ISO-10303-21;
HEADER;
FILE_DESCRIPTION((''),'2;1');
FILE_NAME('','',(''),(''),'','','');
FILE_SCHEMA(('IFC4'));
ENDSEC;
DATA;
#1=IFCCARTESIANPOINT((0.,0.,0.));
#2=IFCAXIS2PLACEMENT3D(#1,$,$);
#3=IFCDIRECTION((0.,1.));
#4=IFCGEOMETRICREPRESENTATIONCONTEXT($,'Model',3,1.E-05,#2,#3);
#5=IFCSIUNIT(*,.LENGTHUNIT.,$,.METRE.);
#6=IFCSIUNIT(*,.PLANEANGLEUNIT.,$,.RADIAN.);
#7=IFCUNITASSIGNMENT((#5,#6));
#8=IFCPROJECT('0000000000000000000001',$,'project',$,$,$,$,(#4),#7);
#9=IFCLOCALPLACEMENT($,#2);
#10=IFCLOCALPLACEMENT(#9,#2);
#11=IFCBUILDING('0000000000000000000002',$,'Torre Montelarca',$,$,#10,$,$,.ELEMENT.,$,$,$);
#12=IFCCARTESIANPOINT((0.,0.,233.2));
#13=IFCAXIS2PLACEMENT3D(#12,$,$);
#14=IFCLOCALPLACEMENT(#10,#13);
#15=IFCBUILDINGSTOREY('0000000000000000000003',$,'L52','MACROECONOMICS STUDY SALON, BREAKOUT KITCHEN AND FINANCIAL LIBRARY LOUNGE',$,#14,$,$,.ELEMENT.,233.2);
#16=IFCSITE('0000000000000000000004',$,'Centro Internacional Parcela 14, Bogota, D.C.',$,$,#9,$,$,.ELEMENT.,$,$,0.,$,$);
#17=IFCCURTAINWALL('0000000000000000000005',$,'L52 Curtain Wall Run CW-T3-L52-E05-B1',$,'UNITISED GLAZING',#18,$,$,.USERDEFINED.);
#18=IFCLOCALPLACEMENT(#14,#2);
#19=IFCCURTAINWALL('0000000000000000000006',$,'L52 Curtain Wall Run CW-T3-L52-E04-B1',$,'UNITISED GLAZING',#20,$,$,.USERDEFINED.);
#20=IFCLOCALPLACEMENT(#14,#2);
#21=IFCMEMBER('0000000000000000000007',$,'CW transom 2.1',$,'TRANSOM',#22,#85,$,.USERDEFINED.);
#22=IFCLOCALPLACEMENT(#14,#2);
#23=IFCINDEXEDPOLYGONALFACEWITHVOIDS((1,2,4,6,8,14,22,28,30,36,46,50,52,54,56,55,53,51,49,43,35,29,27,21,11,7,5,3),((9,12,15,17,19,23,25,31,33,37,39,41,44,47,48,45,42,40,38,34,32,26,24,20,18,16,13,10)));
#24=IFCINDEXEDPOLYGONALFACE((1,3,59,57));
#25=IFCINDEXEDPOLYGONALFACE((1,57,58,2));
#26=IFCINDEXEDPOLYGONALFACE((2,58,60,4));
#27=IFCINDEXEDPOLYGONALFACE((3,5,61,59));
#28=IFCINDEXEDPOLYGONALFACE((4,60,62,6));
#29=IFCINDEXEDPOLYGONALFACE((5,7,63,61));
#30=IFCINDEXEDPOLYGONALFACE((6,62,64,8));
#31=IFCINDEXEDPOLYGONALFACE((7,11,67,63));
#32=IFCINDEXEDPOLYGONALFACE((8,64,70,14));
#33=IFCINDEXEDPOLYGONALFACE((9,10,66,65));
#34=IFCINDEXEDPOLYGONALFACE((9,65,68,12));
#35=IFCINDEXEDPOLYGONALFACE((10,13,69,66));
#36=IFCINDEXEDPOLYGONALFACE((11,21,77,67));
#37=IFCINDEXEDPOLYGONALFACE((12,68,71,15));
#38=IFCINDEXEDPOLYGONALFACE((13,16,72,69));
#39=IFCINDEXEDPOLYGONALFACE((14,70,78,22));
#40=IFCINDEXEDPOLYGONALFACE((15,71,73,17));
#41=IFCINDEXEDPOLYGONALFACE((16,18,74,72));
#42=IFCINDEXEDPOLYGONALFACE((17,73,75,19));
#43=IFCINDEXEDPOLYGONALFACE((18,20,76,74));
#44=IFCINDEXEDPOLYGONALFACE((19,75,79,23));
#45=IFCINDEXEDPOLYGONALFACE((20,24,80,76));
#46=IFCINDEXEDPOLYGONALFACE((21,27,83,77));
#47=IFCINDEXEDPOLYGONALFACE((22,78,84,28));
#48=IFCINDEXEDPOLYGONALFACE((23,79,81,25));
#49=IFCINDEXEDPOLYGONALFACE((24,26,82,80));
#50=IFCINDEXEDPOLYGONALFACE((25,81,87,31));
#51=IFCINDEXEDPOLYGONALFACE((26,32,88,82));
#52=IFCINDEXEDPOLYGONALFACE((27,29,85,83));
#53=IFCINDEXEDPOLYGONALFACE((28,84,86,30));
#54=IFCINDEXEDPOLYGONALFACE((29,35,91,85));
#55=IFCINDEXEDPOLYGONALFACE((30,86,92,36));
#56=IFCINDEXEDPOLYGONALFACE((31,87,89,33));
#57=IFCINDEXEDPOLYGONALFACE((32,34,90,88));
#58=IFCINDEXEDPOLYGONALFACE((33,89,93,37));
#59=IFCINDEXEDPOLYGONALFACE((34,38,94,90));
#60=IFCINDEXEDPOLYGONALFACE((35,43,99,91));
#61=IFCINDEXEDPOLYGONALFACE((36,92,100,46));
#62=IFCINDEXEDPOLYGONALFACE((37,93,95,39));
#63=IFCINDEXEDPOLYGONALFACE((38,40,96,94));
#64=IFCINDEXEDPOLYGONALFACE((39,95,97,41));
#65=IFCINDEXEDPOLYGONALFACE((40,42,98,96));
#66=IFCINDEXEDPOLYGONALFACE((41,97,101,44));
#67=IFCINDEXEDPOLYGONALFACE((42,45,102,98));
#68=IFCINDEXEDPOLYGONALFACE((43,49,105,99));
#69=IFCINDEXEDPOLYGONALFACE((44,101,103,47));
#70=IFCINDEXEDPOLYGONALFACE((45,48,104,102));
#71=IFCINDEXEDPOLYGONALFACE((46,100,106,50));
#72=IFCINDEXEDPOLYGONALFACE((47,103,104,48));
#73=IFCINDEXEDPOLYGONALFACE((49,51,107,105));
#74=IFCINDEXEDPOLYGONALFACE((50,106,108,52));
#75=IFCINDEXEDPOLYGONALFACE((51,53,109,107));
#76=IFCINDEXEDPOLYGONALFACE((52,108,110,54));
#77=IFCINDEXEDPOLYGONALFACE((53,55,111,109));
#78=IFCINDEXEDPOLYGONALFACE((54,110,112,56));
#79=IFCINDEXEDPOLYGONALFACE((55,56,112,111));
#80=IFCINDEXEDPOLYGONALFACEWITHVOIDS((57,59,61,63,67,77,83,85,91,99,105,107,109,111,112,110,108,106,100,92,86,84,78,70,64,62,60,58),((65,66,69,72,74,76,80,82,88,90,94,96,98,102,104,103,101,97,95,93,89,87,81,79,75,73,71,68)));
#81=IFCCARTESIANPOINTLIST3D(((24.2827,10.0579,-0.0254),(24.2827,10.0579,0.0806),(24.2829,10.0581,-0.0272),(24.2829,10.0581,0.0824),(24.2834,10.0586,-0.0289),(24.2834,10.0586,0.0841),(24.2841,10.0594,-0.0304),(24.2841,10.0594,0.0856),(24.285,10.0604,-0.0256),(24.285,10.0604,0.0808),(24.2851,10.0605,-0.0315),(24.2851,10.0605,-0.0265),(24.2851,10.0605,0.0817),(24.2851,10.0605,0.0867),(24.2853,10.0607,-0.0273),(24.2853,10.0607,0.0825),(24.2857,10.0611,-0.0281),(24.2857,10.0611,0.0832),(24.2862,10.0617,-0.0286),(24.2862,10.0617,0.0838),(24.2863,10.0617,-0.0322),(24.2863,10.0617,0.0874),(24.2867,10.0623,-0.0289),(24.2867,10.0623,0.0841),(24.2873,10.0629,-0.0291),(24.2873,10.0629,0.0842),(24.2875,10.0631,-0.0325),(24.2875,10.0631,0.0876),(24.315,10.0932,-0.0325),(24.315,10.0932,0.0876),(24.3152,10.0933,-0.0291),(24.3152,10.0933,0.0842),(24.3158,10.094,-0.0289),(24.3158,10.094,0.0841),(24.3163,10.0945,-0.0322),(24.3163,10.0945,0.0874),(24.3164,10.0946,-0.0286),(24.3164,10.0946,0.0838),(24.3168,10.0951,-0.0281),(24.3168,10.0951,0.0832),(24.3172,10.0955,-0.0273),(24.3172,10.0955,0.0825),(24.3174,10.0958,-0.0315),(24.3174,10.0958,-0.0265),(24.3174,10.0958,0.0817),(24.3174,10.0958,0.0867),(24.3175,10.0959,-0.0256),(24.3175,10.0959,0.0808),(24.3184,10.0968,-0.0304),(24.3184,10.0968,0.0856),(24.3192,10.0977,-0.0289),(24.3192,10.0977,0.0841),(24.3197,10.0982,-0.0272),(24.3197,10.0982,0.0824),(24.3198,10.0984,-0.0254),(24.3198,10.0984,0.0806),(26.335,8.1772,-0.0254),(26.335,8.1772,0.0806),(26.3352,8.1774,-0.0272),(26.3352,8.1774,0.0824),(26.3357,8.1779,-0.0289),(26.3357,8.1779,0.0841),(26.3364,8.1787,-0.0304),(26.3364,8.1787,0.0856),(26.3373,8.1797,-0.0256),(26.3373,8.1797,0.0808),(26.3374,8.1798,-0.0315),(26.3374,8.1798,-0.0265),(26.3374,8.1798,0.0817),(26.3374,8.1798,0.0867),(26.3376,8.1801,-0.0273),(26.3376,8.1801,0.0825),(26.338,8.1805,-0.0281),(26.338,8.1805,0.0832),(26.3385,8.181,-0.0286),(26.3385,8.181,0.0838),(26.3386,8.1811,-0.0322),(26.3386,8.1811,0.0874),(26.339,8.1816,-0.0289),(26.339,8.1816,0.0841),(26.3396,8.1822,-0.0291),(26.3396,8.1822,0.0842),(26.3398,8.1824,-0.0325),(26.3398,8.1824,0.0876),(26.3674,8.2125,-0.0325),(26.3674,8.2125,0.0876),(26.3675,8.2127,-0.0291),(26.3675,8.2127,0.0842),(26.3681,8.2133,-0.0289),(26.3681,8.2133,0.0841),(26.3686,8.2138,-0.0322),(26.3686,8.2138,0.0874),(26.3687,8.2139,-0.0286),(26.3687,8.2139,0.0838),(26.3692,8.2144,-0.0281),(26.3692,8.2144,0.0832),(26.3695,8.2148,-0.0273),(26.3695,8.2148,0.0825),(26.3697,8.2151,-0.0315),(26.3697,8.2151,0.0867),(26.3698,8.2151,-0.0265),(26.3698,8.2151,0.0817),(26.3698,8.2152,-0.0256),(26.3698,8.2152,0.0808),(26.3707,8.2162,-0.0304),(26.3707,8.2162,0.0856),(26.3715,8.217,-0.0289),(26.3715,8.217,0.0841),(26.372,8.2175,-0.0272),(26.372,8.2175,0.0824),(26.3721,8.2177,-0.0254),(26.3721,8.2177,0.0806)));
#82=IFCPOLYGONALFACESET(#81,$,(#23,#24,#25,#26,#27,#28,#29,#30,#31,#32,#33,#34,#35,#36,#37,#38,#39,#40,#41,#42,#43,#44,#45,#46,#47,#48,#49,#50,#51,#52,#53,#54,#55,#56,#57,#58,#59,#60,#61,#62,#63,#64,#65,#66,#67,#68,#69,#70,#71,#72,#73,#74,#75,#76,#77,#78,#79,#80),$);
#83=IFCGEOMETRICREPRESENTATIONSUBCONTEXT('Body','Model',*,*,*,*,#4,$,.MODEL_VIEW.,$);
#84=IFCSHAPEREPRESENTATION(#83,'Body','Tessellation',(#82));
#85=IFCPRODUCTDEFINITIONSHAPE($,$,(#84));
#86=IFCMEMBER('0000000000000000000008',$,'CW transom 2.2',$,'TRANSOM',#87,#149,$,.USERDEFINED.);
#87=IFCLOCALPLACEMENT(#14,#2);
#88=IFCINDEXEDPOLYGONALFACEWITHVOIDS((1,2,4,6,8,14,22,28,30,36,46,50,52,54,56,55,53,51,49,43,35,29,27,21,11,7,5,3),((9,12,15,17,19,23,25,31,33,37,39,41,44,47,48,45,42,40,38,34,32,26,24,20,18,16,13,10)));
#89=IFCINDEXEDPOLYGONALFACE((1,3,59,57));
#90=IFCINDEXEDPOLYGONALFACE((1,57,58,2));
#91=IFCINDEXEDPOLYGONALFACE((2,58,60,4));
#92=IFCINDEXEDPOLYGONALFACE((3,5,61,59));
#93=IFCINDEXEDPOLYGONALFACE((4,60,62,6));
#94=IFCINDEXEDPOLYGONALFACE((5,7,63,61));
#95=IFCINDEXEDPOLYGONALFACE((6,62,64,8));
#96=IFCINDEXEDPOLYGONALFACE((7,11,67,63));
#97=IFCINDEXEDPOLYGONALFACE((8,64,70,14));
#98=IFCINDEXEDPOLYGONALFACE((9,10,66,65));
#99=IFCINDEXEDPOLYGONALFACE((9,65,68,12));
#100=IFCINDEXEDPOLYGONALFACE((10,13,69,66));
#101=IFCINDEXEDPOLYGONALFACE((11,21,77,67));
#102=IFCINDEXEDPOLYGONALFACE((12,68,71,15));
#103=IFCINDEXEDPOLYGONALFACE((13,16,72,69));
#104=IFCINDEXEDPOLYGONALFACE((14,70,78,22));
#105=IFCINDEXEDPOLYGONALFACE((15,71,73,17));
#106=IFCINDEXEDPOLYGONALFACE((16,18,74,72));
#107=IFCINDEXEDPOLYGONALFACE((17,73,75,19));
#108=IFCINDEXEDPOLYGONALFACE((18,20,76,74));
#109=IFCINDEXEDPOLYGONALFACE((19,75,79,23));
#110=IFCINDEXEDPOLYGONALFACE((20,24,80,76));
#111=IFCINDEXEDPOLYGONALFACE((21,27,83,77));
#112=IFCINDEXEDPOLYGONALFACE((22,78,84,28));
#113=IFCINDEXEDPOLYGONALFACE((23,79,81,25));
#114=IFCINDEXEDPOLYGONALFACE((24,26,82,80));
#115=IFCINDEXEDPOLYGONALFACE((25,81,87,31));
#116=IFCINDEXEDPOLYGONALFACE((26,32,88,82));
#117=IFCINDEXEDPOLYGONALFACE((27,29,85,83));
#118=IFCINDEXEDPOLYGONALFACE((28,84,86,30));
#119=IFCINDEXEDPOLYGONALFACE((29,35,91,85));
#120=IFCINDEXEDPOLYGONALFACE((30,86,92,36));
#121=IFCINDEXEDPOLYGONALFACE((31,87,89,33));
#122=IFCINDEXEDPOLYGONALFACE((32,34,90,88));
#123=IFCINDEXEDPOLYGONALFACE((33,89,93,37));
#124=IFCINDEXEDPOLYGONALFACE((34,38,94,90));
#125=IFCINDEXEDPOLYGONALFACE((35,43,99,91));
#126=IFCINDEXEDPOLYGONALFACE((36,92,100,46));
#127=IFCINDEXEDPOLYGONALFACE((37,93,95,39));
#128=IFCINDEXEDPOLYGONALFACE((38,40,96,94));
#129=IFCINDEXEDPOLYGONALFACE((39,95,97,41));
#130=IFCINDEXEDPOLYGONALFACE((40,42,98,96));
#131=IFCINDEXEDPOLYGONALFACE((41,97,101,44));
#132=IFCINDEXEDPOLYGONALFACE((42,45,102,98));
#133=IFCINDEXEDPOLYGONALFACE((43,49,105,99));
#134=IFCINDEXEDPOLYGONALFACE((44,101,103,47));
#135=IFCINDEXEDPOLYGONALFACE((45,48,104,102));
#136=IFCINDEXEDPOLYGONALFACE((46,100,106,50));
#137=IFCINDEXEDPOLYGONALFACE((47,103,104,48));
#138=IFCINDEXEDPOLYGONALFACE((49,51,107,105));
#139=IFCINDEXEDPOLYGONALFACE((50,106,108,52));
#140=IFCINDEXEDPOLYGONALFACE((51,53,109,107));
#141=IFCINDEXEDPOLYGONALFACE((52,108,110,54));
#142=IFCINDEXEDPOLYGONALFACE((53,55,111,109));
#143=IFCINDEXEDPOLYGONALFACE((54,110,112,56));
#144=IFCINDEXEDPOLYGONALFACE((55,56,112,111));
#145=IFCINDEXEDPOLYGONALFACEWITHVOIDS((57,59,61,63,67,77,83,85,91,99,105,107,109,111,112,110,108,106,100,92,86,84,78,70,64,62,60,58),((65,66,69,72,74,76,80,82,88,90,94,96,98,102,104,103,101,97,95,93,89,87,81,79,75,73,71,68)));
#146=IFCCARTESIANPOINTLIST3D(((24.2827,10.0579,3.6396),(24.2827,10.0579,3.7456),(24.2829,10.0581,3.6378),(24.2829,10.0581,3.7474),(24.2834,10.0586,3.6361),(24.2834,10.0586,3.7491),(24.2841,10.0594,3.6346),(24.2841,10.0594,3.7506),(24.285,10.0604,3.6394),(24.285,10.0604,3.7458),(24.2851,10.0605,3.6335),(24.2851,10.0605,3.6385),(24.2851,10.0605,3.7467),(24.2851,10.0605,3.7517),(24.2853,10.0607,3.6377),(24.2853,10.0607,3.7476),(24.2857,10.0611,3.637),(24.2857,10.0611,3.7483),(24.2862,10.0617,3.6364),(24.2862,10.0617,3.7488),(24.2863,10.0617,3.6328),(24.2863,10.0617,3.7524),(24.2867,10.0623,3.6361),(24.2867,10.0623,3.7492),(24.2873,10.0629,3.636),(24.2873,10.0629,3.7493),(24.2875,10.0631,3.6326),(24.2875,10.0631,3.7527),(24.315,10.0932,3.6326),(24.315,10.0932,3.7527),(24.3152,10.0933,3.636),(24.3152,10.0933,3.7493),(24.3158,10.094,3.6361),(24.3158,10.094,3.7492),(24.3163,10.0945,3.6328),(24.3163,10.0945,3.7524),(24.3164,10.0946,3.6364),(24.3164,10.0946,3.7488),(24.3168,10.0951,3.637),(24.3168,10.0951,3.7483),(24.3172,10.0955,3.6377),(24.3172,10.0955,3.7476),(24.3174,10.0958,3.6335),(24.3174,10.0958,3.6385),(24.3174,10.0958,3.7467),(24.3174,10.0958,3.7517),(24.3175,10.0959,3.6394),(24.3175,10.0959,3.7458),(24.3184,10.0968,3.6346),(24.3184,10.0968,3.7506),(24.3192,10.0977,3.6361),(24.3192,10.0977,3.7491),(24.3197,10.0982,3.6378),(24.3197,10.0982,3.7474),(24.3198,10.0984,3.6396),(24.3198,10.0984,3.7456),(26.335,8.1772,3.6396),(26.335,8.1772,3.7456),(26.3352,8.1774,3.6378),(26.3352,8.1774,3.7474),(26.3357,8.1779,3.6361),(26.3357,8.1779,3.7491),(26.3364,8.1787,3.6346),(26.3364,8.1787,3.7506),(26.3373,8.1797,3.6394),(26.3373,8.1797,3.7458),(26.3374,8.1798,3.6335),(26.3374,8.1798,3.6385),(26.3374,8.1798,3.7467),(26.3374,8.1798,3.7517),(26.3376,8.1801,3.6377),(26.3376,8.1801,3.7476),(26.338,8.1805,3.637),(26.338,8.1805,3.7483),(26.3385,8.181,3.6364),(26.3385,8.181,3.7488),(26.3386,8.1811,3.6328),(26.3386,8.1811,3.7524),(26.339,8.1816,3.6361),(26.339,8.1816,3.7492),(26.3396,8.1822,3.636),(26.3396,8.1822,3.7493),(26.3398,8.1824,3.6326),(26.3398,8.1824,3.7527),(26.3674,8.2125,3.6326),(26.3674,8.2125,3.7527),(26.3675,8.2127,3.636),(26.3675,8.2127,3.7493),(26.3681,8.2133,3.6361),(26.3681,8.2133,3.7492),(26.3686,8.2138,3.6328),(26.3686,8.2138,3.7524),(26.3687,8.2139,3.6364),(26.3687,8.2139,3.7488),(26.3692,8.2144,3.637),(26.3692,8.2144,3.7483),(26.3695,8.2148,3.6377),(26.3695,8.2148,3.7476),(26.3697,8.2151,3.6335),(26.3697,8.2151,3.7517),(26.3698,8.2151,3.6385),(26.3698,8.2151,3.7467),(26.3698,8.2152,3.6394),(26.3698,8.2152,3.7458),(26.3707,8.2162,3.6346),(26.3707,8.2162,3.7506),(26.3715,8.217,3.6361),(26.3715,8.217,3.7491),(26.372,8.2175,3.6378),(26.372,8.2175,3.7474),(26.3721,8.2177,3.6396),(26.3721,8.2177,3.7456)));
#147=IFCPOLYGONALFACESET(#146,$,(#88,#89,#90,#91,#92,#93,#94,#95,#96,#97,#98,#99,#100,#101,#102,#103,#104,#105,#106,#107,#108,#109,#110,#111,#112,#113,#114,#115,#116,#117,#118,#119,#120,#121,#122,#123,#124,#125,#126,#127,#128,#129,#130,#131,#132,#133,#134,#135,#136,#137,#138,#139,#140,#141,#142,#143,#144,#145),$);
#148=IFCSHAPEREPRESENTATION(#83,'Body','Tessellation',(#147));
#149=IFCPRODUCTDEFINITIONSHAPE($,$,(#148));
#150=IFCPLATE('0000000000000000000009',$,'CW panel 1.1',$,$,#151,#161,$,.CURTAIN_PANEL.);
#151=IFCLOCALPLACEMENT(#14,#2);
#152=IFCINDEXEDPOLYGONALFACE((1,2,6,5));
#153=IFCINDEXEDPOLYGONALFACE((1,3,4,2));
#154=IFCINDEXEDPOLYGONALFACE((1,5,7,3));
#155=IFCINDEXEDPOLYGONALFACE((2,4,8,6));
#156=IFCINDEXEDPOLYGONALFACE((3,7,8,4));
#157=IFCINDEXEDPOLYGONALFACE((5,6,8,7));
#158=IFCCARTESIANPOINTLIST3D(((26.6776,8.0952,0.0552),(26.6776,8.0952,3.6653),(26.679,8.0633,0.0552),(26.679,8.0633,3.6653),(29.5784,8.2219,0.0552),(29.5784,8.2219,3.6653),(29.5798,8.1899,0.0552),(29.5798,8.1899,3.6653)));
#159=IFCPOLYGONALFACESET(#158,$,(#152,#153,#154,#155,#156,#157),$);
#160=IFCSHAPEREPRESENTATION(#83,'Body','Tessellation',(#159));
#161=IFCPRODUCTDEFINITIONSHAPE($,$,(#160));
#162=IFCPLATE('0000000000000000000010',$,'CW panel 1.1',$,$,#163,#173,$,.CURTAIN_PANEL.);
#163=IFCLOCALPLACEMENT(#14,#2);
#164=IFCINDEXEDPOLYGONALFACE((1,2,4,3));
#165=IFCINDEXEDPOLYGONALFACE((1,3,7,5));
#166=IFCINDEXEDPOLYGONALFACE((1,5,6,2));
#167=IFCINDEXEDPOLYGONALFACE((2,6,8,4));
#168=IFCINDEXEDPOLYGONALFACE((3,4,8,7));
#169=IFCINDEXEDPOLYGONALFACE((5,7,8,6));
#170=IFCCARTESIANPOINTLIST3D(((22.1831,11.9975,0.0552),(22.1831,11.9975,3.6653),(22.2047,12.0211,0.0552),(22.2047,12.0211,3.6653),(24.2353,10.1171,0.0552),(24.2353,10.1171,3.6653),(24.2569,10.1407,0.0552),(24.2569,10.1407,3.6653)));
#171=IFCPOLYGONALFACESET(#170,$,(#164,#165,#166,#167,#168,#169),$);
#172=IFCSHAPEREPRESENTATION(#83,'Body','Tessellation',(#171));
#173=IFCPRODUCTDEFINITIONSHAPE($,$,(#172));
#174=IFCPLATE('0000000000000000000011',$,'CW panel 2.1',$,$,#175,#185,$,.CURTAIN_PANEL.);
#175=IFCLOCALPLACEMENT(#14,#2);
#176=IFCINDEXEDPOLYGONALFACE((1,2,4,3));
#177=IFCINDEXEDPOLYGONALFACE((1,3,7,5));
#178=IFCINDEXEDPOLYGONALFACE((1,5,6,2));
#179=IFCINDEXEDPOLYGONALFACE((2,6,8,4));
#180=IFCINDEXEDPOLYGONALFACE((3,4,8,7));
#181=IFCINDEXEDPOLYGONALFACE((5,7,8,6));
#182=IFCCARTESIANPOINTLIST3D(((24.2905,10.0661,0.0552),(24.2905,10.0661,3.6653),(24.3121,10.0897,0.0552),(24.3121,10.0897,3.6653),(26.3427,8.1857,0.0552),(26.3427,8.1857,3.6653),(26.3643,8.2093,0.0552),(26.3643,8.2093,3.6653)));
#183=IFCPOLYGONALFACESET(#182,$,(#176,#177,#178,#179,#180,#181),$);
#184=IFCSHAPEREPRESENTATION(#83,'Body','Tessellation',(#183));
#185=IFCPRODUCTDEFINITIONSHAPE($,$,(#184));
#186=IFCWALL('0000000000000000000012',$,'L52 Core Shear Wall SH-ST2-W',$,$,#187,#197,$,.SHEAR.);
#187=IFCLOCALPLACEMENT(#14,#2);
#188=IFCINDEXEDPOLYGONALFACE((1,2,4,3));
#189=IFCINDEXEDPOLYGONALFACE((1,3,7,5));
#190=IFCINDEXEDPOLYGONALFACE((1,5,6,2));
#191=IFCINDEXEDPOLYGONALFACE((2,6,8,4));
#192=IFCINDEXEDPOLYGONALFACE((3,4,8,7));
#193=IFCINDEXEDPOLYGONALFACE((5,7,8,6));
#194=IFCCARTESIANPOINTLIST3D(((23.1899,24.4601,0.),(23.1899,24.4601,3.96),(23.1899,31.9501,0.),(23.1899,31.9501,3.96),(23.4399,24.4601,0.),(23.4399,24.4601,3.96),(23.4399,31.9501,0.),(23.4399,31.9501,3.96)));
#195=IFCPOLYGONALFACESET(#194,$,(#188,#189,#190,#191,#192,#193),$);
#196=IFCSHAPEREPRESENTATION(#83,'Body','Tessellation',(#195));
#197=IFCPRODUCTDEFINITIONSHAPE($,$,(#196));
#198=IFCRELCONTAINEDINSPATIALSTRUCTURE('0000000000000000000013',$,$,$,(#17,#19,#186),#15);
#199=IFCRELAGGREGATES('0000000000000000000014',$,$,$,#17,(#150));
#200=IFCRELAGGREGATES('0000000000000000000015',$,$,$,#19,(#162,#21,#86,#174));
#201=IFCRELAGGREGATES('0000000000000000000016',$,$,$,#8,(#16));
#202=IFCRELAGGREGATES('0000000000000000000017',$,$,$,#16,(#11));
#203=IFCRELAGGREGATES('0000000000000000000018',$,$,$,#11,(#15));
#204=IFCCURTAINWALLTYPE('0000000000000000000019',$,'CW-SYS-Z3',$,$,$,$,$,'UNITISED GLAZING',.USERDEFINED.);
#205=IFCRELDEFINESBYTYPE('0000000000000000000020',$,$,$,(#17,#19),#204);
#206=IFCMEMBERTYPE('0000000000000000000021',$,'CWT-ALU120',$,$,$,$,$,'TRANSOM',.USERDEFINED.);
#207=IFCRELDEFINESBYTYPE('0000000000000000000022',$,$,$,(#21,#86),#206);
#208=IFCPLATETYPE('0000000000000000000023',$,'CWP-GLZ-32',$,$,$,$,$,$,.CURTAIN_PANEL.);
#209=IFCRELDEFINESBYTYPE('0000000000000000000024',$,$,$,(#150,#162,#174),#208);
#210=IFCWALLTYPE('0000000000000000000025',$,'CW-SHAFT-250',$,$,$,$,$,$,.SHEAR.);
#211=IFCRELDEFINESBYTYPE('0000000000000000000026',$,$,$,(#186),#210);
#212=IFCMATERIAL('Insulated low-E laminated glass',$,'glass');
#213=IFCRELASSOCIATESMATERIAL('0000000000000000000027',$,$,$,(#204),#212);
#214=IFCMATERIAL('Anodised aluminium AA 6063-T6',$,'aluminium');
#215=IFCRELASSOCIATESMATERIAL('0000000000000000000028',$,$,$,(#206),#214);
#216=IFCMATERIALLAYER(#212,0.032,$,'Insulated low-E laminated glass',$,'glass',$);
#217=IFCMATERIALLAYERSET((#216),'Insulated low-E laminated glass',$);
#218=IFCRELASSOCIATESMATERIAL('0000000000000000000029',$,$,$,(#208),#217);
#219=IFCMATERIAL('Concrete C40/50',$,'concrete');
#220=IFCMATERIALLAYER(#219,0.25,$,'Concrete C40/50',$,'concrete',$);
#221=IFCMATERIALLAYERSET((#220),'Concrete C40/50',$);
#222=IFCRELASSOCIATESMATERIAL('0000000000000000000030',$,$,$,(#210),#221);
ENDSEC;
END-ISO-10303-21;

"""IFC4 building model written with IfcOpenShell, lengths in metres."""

from ifc_helpers import new_model, si_unit, direction, frame, frame_2d, origin, origin_2d, place, context, subcontext, project, spatial, rectangle, hollow_rectangle, extrude, source, transform, mapped, material, layer, layer_set, material_profile, profile_set, type_object, element, aggregate, save


model = new_model("IFC4")

# Units and contexts
model_context = context("Model", 3, precision=1e-05, world=origin(), true_north=direction((0.0, 1.0)))
body_context = subcontext(model_context, "Body", "Model", "MODEL_VIEW")
ifc_project = project(units=[si_unit("LENGTHUNIT", "METRE"), si_unit("PLANEANGLEUNIT", "RADIAN")], contexts=[model_context])

# Site, building, storey
site_placement = place(None, origin())
site = spatial("IfcSite", under=ifc_project, at=site_placement, Name="Centro Internacional Parcela 14, Bogota, D.C.", CompositionType="ELEMENT", RefElevation=0.0)
building_placement = place(site_placement, origin())
building = spatial("IfcBuilding", under=site, at=building_placement, Name="Torre Montelarca", CompositionType="ELEMENT")
storey_placement = place(building_placement, frame((0.0, 0.0, 233.2)))
storey = spatial("IfcBuildingStorey", under=building, at=storey_placement, Name="L52", Description="MACROECONOMICS STUDY SALON, BREAKOUT KITCHEN AND FINANCIAL LIBRARY LOUNGE", CompositionType="ELEMENT", Elevation=233.2)

# Curtain wall
ifc_material_1 = material(Name="Insulated low-E laminated glass", Category="glass")
curtain_wall_type = type_object("IfcCurtainWallType", Name="CW-SYS-Z3", ElementType="UNITISED GLAZING", PredefinedType="USERDEFINED", material=ifc_material_1)
curtain_wall_1_placement = place(storey_placement, origin())
curtain_wall_1 = element("IfcCurtainWall", 1, at=curtain_wall_1_placement, inside=storey, type_object=curtain_wall_type, Name="L52 Curtain Wall Run CW-T3-L52-E05-B1", ObjectType="UNITISED GLAZING", PredefinedType="USERDEFINED")
ifc_material_2 = material(Name="Anodised aluminium AA 6063-T6", Category="aluminium")
ifc_material_profile_1 = material_profile(ifc_material_2, hollow_rectangle(XDim=0.0549, YDim=0.1201, WallThickness=0.0034, InnerFilletRadius=0.0034, OuterFilletRadius=0.0071, at=origin_2d()), Name="ALU55X120X3.5", Category="aluminium")
ifc_profile_set_1 = profile_set([ifc_material_profile_1], Name="Anodised aluminium AA 6063-T6")
member_type_1 = type_object("IfcMemberType", Name="CWT-ALU120", ElementType="TRANSOM", PredefinedType="USERDEFINED", material=ifc_profile_set_1)

# Curtain wall
curtain_wall_2_placement = place(storey_placement, origin())
curtain_wall_2 = element("IfcCurtainWall", 2, at=curtain_wall_2_placement, inside=storey, type_object=curtain_wall_type, Name="L52 Curtain Wall Run CW-T3-L52-E04-B1", ObjectType="UNITISED GLAZING", PredefinedType="USERDEFINED")

# Members
shared_shape_1 = source(origin(), body_context, "Body", "SweptSolid", [
    extrude(hollow_rectangle(XDim=0.0549, YDim=0.1201, WallThickness=0.0034, InnerFilletRadius=0.0034, OuterFilletRadius=0.0071, at=origin_2d()), origin(), (0.0, 0.0, 1.0), 2.7837),
])
member_1_placement = place(storey_placement, frame((24.3013, 10.0781, 0.0276), z_axis=(0.737263, -0.675605, 0.0), x_axis=(0.675605, 0.737263, 0.0)))
member_1 = element("IfcMember", 3, at=member_1_placement, type_object=member_type_1, Name="CW transom 2.1", ObjectType="TRANSOM", PredefinedType="USERDEFINED", context=body_context, shape_type="MappedRepresentation", body=[
    mapped(shared_shape_1, transform((0.0, 0.0, 0.0), scale=1.0)),
])
member_2_placement = place(storey_placement, frame((24.3013, 10.0781, 3.6926), z_axis=(0.737263, -0.675605, 0.0), x_axis=(0.675605, 0.737263, 0.0)))
member_2 = element("IfcMember", 4, at=member_2_placement, type_object=member_type_1, Name="CW transom 2.2", ObjectType="TRANSOM", PredefinedType="USERDEFINED", context=body_context, shape_type="MappedRepresentation", body=[
    mapped(shared_shape_1, transform((0.0, 0.0, 0.0), scale=1.0)),
])

# Plates
ifc_layer_1 = layer(ifc_material_1, 0.032, Name="Insulated low-E laminated glass", Category="glass")
ifc_layer_set_1 = layer_set([ifc_layer_1], Name="Insulated low-E laminated glass")
plate_type = type_object("IfcPlateType", Name="CWP-GLZ-32", PredefinedType="CURTAIN_PANEL", material=ifc_layer_set_1)
shared_shape_2 = source(origin(), body_context, "Body", "SweptSolid", [
    extrude(rectangle(XDim=2.9036, YDim=0.032, at=origin_2d()), origin(), (0.0, 0.0, 1.0), 3.6101),
])
plate_1_placement = place(storey_placement, frame((28.1287, 8.1426, 0.0552), z_axis=(0.0, 0.0, 1.0), x_axis=(0.999048, 0.043616, 0.0)))
plate_1 = element("IfcPlate", 5, at=plate_1_placement, type_object=plate_type, Name="CW panel 1.1", PredefinedType="CURTAIN_PANEL", context=body_context, shape_type="MappedRepresentation", body=[
    mapped(shared_shape_2, transform((0.0, 0.0, 0.0), scale=1.0)),
])
aggregate(curtain_wall_1, [plate_1])
shared_shape_3 = source(origin(), body_context, "Body", "SweptSolid", [
    extrude(rectangle(XDim=2.7834, YDim=0.032, at=origin_2d()), origin(), (0.0, 0.0, 1.0), 3.6101),
])
plate_2_placement = place(storey_placement, frame((23.22, 11.0691, 0.0552), z_axis=(0.0, 0.0, 1.0), x_axis=(0.737294, -0.675572, 0.0)))
plate_2 = element("IfcPlate", 6, at=plate_2_placement, type_object=plate_type, Name="CW panel 1.1", PredefinedType="CURTAIN_PANEL", context=body_context, shape_type="MappedRepresentation", body=[
    mapped(shared_shape_3, transform((0.0, 0.0, 0.0), scale=1.0)),
])
plate_3_placement = place(storey_placement, frame((25.3274, 9.1377, 0.0552), z_axis=(0.0, 0.0, 1.0), x_axis=(0.737294, -0.675572, 0.0)))
plate_3 = element("IfcPlate", 7, at=plate_3_placement, type_object=plate_type, Name="CW panel 2.1", PredefinedType="CURTAIN_PANEL", context=body_context, shape_type="MappedRepresentation", body=[
    mapped(shared_shape_3, transform((0.0, 0.0, 0.0), scale=1.0)),
])
aggregate(curtain_wall_2, [plate_2, member_1, member_2, plate_3])

# Wall
ifc_material_3 = material(Name="Concrete C40/50", Category="concrete")
ifc_layer_2 = layer(ifc_material_3, 0.25, Name="Concrete C40/50", Category="concrete")
ifc_layer_set_2 = layer_set([ifc_layer_2], Name="Concrete C40/50")
wall_type_1 = type_object("IfcWallType", Name="CW-SHAFT-250", PredefinedType="SHEAR", material=ifc_layer_set_2)
wall_1_placement = place(storey_placement, frame((23.3149, 24.46, 0.0), z_axis=(0.0, 0.0, 1.0), x_axis=(0.0, 1.0, 0.0)))
element("IfcWall", 8, at=wall_1_placement, inside=storey, type_object=wall_type_1, Name="L52 Core Shear Wall SH-ST2-W", PredefinedType="SHEAR", context=body_context, shape_type="SweptSolid", body=[
    extrude(rectangle(XDim=7.49, YDim=0.25, at=frame_2d((3.7451, 0.0))), origin(), (0.0, 0.0, 1.0), 3.96),
])

save(model, "model.ifc")
